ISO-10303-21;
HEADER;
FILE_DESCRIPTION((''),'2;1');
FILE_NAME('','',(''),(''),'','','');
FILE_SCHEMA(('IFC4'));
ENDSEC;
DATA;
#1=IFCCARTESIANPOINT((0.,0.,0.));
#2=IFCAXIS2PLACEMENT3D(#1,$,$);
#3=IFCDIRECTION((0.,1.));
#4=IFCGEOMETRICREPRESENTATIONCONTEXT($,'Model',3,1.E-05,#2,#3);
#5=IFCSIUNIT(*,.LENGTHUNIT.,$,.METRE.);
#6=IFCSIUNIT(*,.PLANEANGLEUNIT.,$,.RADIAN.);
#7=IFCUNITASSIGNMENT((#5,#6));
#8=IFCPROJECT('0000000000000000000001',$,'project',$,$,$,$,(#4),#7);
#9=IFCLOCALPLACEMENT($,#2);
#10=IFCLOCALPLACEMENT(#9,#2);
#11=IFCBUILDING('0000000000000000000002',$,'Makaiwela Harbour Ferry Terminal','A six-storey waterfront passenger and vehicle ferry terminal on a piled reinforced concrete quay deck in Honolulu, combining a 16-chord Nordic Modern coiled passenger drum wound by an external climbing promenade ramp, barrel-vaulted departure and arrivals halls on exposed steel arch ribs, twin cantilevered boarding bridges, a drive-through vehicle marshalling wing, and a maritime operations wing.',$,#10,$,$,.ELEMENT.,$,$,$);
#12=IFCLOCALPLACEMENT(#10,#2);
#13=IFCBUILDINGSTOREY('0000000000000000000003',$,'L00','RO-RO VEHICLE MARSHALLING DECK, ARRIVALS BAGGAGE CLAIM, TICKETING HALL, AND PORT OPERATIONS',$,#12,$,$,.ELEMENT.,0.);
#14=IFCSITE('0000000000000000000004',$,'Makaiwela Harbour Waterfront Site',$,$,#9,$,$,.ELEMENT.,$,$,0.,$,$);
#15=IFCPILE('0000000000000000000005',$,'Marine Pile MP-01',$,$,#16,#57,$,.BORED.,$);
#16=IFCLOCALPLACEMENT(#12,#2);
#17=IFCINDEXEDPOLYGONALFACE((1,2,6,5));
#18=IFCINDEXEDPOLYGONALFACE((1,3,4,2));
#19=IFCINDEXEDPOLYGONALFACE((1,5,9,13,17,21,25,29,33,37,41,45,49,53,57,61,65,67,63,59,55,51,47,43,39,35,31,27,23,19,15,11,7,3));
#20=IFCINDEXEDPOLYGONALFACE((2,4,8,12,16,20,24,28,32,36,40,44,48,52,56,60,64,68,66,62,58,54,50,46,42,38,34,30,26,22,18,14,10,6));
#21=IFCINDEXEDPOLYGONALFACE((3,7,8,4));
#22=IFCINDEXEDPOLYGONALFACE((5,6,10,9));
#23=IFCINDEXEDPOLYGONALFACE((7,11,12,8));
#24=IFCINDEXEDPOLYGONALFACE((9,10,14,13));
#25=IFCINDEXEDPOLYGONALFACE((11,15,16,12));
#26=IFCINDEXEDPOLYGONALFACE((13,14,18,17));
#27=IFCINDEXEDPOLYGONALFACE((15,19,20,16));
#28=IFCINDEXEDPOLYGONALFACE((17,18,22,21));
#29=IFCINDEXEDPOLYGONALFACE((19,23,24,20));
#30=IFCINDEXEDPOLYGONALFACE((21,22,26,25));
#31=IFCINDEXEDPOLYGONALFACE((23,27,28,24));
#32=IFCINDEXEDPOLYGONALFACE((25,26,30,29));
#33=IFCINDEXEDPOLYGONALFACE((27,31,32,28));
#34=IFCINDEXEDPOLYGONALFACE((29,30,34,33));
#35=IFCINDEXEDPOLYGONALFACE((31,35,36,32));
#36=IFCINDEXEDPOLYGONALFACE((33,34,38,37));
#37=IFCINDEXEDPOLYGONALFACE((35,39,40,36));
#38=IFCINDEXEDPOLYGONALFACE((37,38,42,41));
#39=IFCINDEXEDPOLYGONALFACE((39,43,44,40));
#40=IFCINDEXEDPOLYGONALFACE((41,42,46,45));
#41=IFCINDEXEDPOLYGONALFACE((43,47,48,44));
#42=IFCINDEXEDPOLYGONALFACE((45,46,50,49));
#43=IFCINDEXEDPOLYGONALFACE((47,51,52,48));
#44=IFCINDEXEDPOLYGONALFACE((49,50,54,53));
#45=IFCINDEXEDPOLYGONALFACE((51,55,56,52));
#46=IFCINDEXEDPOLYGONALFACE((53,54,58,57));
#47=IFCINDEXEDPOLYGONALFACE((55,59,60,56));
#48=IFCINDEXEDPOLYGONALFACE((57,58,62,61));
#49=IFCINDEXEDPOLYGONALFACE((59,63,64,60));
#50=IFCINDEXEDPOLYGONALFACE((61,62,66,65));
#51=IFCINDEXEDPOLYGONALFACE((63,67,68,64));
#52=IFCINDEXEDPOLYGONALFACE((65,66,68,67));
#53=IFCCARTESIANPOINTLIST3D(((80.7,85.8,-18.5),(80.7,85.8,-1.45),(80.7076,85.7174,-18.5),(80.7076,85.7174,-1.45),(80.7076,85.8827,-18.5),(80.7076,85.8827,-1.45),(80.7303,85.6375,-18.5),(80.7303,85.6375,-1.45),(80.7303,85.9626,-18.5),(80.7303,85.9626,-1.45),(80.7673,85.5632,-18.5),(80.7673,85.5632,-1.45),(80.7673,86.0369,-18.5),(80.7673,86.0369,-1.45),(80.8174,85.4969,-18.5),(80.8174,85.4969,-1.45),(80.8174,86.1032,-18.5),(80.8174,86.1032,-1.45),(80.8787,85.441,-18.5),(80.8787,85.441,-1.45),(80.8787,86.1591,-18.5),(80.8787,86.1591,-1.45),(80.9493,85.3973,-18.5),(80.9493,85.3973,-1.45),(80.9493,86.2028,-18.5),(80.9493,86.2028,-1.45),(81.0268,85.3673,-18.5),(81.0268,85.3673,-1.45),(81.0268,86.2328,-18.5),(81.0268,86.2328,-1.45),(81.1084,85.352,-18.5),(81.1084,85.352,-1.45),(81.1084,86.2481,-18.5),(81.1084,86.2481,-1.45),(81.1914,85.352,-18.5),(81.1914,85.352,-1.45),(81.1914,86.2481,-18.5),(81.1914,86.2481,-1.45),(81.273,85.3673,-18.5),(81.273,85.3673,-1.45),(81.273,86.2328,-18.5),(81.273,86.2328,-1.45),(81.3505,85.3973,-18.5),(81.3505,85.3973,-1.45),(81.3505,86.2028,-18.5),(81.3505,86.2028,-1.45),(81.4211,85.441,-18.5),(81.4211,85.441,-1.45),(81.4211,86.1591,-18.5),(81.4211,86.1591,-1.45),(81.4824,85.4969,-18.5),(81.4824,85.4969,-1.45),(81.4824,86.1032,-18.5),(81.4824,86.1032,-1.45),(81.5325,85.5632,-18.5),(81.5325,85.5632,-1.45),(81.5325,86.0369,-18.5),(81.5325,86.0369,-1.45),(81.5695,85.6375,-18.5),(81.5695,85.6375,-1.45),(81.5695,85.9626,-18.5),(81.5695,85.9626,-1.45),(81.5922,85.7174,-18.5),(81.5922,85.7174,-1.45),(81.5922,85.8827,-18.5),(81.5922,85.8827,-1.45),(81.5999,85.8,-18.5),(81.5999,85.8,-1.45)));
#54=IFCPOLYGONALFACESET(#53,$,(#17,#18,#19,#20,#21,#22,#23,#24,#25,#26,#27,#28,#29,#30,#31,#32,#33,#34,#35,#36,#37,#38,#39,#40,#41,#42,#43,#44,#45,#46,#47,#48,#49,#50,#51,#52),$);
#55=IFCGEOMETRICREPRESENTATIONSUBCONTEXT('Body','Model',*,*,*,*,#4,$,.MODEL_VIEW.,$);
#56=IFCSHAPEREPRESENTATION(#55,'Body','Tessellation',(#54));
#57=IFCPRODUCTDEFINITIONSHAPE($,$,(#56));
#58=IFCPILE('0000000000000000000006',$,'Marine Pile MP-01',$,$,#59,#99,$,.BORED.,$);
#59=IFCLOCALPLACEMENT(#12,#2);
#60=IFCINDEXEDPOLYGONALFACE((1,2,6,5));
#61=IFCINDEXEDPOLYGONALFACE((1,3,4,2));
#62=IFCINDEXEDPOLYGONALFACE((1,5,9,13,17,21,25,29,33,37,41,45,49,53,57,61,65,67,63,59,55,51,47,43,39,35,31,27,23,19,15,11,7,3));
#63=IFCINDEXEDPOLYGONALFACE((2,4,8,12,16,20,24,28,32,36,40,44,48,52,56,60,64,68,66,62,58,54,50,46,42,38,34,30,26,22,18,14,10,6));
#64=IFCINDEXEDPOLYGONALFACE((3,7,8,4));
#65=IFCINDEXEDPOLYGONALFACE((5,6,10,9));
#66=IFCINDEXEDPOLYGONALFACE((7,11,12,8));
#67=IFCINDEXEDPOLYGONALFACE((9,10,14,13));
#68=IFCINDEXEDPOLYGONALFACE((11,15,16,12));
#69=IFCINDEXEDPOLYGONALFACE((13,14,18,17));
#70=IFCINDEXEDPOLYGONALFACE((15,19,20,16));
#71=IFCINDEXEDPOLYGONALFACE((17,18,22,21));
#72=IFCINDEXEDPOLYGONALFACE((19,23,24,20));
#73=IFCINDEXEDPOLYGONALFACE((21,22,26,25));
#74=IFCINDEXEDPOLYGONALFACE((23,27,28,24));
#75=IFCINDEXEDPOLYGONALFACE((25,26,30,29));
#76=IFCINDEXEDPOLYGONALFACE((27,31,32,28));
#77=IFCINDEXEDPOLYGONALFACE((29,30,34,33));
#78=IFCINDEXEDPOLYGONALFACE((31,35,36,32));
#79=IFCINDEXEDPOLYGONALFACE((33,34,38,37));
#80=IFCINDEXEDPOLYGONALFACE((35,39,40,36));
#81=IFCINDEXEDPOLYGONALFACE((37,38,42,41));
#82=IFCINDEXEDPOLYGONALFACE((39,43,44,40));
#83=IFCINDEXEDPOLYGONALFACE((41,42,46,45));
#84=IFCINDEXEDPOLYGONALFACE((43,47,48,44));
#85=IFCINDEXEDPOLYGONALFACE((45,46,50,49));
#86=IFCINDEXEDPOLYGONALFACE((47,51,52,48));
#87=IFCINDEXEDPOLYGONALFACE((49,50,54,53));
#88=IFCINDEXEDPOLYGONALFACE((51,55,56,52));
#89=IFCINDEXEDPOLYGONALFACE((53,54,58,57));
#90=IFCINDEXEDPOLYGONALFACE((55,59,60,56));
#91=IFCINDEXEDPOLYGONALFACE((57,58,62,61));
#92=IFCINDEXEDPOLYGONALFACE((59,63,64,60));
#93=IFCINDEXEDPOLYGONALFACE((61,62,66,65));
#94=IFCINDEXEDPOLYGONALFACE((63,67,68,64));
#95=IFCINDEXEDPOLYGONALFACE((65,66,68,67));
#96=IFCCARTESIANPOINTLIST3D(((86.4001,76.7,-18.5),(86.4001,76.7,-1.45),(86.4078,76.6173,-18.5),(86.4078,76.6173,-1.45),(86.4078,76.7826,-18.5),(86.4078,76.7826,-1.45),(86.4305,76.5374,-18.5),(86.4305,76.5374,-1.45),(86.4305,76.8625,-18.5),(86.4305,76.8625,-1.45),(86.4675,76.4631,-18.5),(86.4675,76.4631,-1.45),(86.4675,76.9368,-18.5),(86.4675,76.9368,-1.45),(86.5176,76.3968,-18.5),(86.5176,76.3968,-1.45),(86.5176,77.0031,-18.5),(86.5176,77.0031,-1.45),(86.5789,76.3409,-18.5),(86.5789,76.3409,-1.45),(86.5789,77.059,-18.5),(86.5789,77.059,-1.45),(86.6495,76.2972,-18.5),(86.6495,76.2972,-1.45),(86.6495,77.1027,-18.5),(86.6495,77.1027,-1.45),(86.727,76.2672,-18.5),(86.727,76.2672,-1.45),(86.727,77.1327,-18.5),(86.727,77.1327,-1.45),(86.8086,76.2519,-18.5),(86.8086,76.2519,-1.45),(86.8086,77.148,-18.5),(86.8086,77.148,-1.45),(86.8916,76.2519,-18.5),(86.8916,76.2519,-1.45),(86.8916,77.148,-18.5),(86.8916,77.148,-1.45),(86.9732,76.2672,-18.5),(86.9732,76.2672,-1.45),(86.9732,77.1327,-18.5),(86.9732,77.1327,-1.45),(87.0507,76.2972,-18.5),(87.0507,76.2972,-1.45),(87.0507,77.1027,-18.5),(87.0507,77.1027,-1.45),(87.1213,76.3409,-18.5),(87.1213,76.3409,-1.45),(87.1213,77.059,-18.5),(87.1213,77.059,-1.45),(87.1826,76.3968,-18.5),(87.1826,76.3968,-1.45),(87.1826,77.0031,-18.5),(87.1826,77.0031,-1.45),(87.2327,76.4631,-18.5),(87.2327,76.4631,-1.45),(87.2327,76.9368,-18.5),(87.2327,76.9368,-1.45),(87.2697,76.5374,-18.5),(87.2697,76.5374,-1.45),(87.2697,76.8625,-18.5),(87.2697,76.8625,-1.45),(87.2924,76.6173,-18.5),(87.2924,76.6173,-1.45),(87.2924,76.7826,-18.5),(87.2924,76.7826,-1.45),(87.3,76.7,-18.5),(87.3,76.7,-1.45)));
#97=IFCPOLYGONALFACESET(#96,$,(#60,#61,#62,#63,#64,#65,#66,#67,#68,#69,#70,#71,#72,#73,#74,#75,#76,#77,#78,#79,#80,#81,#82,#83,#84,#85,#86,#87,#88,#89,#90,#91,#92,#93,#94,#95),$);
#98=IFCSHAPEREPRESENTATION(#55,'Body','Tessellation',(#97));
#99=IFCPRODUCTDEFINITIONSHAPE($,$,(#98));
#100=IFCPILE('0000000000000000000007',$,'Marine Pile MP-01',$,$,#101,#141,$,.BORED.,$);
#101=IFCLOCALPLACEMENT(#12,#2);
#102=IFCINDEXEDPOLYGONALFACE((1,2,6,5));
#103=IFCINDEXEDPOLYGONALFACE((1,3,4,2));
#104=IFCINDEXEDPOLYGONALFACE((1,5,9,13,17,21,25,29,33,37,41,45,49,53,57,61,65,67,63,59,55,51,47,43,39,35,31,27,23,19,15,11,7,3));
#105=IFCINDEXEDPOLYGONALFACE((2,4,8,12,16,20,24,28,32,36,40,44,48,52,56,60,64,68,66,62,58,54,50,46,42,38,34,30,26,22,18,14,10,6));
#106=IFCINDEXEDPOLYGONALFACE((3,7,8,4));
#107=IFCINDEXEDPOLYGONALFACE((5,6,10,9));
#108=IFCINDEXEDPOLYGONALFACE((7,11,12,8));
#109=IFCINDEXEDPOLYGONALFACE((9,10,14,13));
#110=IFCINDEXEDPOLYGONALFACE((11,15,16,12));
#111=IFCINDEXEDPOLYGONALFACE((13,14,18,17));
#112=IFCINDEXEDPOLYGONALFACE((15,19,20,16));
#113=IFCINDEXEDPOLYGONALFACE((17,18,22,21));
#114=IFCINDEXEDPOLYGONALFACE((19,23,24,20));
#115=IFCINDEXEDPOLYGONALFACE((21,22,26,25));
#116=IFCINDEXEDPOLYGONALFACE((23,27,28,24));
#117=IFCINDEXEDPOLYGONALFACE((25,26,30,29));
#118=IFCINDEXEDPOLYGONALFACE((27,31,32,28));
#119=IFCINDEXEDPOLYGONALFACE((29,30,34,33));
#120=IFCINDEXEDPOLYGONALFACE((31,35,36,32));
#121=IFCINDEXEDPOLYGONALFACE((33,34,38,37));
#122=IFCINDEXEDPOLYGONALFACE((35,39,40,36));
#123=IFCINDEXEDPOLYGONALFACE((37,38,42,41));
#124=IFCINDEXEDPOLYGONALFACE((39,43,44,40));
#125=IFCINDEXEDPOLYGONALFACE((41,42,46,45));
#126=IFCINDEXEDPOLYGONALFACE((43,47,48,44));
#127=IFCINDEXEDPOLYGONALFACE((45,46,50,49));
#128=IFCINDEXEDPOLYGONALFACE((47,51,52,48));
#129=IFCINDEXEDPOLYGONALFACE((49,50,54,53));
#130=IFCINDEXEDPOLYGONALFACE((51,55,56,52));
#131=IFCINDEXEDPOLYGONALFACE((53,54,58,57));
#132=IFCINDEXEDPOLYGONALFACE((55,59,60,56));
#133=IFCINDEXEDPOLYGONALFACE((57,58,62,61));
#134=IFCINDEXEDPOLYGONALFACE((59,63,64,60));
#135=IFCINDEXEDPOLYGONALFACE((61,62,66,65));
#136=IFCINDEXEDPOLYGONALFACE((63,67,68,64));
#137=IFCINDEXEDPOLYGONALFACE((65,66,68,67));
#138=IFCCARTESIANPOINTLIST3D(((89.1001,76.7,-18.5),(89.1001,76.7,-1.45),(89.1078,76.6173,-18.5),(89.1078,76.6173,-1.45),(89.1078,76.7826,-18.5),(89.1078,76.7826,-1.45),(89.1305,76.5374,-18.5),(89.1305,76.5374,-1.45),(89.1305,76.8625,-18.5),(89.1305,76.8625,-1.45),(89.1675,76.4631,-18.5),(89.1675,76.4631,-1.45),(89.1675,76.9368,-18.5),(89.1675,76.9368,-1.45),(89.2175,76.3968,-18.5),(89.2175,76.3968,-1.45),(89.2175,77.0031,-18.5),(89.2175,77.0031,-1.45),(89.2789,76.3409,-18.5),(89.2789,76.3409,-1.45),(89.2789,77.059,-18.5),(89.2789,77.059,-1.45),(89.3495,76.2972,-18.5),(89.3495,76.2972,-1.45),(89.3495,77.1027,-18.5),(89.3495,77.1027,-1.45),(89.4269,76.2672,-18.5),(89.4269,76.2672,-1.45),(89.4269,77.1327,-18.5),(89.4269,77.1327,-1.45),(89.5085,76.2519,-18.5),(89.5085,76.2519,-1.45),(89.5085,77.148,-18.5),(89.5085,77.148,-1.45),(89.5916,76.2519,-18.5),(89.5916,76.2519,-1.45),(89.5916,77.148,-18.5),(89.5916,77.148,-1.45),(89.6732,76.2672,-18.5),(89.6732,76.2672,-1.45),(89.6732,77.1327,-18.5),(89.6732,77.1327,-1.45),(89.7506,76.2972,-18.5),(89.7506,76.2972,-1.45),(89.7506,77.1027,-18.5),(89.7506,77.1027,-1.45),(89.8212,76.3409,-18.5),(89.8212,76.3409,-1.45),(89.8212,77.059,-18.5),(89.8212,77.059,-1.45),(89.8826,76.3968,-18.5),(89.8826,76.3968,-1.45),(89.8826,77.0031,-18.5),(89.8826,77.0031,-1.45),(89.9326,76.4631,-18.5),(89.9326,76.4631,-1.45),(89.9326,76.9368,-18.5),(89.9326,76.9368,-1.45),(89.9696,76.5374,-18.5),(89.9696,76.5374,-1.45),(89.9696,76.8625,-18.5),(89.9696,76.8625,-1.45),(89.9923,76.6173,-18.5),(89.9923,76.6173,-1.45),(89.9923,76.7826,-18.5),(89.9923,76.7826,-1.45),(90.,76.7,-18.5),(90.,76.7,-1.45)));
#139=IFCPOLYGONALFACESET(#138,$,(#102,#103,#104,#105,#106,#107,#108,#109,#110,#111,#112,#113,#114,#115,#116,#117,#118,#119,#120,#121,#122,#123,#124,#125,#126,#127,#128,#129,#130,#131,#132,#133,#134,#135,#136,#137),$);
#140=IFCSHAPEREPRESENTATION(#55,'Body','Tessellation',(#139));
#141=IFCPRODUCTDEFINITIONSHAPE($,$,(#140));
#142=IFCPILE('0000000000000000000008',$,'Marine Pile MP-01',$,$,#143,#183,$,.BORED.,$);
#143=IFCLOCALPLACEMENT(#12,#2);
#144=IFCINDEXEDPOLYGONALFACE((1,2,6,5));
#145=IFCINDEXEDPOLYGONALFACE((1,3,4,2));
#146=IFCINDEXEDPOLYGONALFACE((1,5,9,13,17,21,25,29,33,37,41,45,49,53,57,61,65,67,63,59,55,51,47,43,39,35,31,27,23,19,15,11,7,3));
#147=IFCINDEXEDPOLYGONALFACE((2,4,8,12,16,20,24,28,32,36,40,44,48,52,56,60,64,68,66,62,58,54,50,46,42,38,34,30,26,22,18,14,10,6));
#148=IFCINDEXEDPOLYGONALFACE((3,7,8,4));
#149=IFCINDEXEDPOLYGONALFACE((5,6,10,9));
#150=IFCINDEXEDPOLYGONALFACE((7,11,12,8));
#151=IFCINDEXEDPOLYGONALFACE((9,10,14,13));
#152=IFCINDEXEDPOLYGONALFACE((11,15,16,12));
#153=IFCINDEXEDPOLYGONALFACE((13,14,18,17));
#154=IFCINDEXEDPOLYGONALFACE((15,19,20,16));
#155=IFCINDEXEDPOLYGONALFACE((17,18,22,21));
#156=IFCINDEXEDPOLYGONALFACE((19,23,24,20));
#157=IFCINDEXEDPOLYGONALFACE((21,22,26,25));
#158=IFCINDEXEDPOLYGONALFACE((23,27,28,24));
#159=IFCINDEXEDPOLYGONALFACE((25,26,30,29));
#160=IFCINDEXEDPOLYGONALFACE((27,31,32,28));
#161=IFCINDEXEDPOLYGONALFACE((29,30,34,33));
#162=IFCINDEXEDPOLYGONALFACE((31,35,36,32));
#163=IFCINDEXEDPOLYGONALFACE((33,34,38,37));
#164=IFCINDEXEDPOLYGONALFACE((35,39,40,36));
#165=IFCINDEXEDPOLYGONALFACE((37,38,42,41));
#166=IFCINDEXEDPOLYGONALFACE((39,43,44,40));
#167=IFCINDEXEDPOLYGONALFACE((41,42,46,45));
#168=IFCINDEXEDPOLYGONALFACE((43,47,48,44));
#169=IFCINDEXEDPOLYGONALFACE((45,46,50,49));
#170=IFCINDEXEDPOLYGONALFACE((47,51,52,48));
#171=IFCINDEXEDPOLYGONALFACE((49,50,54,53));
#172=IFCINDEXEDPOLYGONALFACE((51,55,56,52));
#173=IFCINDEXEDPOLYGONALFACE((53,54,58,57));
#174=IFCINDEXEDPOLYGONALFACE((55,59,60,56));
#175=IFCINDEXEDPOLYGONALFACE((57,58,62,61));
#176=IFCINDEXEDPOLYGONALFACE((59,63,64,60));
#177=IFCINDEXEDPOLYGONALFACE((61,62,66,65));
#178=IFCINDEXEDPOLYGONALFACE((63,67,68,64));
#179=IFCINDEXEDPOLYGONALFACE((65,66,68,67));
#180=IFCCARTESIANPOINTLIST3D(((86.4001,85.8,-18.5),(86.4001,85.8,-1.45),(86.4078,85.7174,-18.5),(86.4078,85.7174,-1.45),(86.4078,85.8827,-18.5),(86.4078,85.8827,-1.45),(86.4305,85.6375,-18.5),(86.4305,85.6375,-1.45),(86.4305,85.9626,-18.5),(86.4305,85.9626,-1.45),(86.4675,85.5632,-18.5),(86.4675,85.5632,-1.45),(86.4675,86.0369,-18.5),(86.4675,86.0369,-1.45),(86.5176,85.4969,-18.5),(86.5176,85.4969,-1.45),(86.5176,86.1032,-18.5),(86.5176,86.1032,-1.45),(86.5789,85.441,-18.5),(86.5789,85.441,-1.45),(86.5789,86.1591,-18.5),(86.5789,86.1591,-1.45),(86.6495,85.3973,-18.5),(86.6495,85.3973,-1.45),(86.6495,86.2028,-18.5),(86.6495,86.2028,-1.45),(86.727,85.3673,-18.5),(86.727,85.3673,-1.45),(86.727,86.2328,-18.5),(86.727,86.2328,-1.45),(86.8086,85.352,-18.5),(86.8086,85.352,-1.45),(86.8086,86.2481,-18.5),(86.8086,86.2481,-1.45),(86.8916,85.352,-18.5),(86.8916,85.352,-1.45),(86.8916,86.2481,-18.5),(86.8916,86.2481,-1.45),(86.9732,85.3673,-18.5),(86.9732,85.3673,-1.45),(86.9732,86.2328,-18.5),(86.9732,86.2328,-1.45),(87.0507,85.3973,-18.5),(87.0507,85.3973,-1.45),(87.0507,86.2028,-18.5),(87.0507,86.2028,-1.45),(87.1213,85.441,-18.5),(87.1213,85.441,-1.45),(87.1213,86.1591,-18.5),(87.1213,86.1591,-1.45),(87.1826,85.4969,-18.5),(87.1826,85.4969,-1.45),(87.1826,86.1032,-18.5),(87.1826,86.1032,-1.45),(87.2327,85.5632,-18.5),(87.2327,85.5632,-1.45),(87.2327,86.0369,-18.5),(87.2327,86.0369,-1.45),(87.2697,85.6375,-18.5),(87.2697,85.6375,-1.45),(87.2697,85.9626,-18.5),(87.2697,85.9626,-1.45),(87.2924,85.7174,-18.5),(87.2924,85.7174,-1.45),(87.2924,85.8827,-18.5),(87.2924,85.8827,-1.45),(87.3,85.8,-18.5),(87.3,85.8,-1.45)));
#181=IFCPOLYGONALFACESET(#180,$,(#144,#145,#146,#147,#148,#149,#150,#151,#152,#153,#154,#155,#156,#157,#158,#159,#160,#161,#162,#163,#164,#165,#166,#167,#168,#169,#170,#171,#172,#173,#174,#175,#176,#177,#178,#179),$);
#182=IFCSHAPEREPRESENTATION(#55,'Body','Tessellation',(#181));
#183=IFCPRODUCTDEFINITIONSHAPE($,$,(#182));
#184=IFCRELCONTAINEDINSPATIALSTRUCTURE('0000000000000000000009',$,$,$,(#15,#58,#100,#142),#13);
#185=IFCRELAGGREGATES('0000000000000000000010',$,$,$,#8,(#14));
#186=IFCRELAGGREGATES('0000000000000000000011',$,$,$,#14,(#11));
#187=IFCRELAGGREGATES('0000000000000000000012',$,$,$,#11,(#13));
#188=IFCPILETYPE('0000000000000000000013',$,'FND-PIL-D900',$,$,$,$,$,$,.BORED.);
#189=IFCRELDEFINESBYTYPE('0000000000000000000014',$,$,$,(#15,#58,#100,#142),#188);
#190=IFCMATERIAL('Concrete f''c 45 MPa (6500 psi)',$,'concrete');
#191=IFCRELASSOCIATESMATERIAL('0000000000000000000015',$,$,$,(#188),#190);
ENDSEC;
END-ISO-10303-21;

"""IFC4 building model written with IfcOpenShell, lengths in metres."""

from ifc_helpers import new_model, si_unit, direction, frame, origin, origin_2d, place, context, subcontext, project, spatial, circle, extrude, material, material_profile, profile_set, type_object, element, save


model = new_model("IFC4")

# Units and contexts
model_context = context("Model", 3, precision=1e-05, world=origin(), true_north=direction((0.0, 1.0)))
body_context = subcontext(model_context, "Body", "Model", "MODEL_VIEW")
ifc_project = project(units=[si_unit("LENGTHUNIT", "METRE"), si_unit("PLANEANGLEUNIT", "RADIAN")], contexts=[model_context])

# Site, building, storey
site_placement = place(None, origin())
site = spatial("IfcSite", under=ifc_project, at=site_placement, Name="Makaiwela Harbour Waterfront Site", CompositionType="ELEMENT", RefElevation=0.0)
building_placement = place(site_placement, origin())
building = spatial("IfcBuilding", under=site, at=building_placement, Name="Makaiwela Harbour Ferry Terminal", Description="A six-storey waterfront passenger and vehicle ferry terminal on a piled reinforced concrete quay deck in Honolulu, combining a 16-chord Nordic Modern coiled passenger drum wound by an external climbing promenade ramp, barrel-vaulted departure and arrivals halls on exposed steel arch ribs, twin cantilevered boarding bridges, a drive-through vehicle marshalling wing, and a maritime operations wing.", CompositionType="ELEMENT")
storey_placement = place(building_placement, origin())
storey = spatial("IfcBuildingStorey", under=building, at=storey_placement, Name="L00", Description="RO-RO VEHICLE MARSHALLING DECK, ARRIVALS BAGGAGE CLAIM, TICKETING HALL, AND PORT OPERATIONS", CompositionType="ELEMENT", Elevation=0.0)

# Shared definitions
ifc_material_1 = material(Name="Concrete f'c 45 MPa (6500 psi)", Category="concrete")

# Piles
ifc_material_profile_1 = material_profile(ifc_material_1, circle(Radius=0.45, at=origin_2d()), Name="PILE-D900")
ifc_profile_set_1 = profile_set([ifc_material_profile_1], Name="Concrete f'c 45 MPa (6500 psi)")
pile_type = type_object("IfcPileType", Name="FND-PIL-D900", PredefinedType="BORED", material=ifc_profile_set_1)
for number, where, z_axis, x_axis, name in (
    (1, (81.1499, 85.8, -1.45), (0.0, 0.0, -1.0), (1.0, 0.0, 0.0), "Marine Pile MP-01"),
    (2, (86.8501, 76.7, -1.45), (0.0, 0.0, -1.0), (1.0, 0.0, 0.0), "Marine Pile MP-01"),
    (3, (89.55, 76.7, -1.45), (0.0, 0.0, -1.0), (1.0, 0.0, 0.0), "Marine Pile MP-01"),
    (4, (86.8501, 85.8, -1.45), (0.0, 0.0, -1.0), (1.0, 0.0, 0.0), "Marine Pile MP-01"),
):
    element("IfcPile", number, at=place(storey_placement, frame(where, z_axis=z_axis, x_axis=x_axis)), inside=storey, type_object=pile_type, Name=name, PredefinedType="BORED", context=body_context, shape_type="SweptSolid", body=[
        extrude(circle(Radius=0.45, at=origin_2d()), origin(), (0.0, 0.0, 1.0), 17.05),
    ])

save(model, "model.ifc")
